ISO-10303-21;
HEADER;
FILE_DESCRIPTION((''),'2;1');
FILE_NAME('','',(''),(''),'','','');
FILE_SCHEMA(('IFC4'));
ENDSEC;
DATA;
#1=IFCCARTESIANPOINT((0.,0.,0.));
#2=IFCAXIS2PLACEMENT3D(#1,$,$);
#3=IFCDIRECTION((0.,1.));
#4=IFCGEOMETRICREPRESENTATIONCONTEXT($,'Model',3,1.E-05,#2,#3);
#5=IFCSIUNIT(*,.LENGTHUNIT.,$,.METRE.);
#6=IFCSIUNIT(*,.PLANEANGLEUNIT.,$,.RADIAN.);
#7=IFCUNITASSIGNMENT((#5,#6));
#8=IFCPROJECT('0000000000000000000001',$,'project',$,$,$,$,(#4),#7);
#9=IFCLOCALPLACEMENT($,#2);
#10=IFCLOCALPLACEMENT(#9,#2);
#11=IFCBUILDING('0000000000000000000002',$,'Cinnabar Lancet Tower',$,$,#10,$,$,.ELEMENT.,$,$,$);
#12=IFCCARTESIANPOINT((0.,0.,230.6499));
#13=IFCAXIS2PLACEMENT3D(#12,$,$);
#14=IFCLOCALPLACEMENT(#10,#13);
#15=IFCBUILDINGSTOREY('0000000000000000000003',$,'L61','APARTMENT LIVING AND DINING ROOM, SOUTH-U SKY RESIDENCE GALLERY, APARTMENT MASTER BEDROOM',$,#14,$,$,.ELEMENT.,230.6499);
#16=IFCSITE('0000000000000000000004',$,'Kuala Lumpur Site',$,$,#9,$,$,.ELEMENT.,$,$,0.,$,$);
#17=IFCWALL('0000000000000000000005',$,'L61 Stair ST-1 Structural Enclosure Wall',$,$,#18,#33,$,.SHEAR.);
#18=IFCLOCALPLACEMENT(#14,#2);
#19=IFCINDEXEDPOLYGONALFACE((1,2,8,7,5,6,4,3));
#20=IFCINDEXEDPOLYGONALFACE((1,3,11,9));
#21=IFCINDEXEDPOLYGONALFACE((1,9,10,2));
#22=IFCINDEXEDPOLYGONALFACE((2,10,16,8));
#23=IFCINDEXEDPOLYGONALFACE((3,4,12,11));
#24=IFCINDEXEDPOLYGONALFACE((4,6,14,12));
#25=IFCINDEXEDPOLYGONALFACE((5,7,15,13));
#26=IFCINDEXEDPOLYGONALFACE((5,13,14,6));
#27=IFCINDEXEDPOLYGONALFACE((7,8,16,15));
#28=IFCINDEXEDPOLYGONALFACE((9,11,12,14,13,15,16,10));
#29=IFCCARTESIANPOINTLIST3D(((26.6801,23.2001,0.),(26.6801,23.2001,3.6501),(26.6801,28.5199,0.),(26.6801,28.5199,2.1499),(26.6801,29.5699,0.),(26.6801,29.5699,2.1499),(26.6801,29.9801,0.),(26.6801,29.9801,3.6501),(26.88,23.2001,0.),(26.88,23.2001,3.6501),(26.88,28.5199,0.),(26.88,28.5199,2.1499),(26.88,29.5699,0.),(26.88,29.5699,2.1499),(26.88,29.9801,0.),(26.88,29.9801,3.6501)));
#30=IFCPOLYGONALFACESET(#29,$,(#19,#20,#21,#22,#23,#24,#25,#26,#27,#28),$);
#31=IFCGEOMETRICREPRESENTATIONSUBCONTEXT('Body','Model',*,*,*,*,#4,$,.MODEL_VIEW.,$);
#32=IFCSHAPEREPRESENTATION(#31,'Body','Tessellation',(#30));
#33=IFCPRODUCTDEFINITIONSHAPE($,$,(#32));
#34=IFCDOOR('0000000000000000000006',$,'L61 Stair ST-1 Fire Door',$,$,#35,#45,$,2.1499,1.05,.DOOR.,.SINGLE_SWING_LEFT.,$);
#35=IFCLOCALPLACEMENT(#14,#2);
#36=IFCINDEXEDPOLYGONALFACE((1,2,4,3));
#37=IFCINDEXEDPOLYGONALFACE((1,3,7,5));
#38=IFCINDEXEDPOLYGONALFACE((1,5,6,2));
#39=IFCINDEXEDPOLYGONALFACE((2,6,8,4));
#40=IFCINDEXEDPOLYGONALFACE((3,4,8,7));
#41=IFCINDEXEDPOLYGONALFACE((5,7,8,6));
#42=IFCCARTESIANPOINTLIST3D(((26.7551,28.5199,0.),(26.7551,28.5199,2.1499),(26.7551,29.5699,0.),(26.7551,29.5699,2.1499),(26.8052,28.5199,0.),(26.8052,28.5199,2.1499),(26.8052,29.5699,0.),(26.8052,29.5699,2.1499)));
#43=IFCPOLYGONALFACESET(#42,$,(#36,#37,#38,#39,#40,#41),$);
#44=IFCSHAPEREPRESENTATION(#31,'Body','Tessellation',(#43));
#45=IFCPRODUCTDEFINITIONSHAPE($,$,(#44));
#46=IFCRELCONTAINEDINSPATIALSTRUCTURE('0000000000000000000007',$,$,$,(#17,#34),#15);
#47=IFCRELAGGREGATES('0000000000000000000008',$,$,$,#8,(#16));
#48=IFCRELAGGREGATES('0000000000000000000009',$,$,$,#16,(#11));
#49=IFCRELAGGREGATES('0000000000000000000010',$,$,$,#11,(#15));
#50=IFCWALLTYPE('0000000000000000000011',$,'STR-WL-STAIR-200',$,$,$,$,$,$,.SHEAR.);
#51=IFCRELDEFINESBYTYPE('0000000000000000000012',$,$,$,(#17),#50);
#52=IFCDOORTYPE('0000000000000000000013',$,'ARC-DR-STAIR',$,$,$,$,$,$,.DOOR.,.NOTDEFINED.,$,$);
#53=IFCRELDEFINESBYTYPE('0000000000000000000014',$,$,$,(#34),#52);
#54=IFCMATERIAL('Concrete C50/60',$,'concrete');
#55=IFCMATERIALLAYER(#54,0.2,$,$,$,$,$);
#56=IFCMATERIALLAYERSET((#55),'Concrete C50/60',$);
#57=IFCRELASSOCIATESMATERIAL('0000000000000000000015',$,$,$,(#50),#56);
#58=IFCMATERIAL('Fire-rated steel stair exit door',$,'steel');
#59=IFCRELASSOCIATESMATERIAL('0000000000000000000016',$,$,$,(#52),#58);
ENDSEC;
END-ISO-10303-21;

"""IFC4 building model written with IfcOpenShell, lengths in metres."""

from ifc_helpers import new_model, si_unit, direction, frame, frame_2d, origin, place, context, subcontext, project, spatial, rectangle, extrude, material, layer, layer_set, type_object, element, fill, save


model = new_model("IFC4")

# Units and contexts
model_context = context("Model", 3, precision=1e-05, world=origin(), true_north=direction((0.0, 1.0)))
body_context = subcontext(model_context, "Body", "Model", "MODEL_VIEW")
ifc_project = project(units=[si_unit("LENGTHUNIT", "METRE"), si_unit("PLANEANGLEUNIT", "RADIAN")], contexts=[model_context])

# Site, building, storey
site_placement = place(None, origin())
site = spatial("IfcSite", under=ifc_project, at=site_placement, Name="Kuala Lumpur Site", CompositionType="ELEMENT", RefElevation=0.0)
building_placement = place(site_placement, origin())
building = spatial("IfcBuilding", under=site, at=building_placement, Name="Cinnabar Lancet Tower", CompositionType="ELEMENT")
storey_placement = place(building_placement, frame((0.0, 0.0, 230.6499)))
storey = spatial("IfcBuildingStorey", under=building, at=storey_placement, Name="L61", Description="APARTMENT LIVING AND DINING ROOM, SOUTH-U SKY RESIDENCE GALLERY, APARTMENT MASTER BEDROOM", CompositionType="ELEMENT", Elevation=230.6499)

# Wall, opening, door
ifc_material_1 = material(Name="Concrete C50/60", Category="concrete")
ifc_layer_1 = layer(ifc_material_1, 0.2)
ifc_layer_set_1 = layer_set([ifc_layer_1], Name="Concrete C50/60")
wall_type_1 = type_object("IfcWallType", Name="STR-WL-STAIR-200", PredefinedType="SHEAR", material=ifc_layer_set_1)
wall_1_placement = place(storey_placement, frame((26.78, 23.2, 0.0), z_axis=(0.0, 0.0, 1.0), x_axis=(0.0, 1.0, 0.0)))
wall_1 = element("IfcWall", 1, at=wall_1_placement, inside=storey, type_object=wall_type_1, Name="L61 Stair ST-1 Structural Enclosure Wall", PredefinedType="SHEAR", context=body_context, shape_type="SweptSolid", body=[
    extrude(rectangle(XDim=6.78, YDim=0.2, at=frame_2d((3.3901, 0.0))), origin(), (0.0, 0.0, 1.0), 3.6501),
])
opening_1_placement = place(wall_1_placement, frame((5.3201, 0.0, 0.0)))
opening_1 = element("IfcOpeningElement", 2, at=opening_1_placement, cuts=wall_1, PredefinedType="OPENING", context=body_context, shape_type="SweptSolid", body=[
    extrude(rectangle(XDim=1.05, YDim=2.1499, at=frame_2d((0.5249, 1.075))), frame((0.0, 0.1099, 0.0), z_axis=(0.0, -1.0, 0.0), x_axis=(1.0, 0.0, 0.0)), (0.0, 0.0, 1.0), 0.22),
])
ifc_material_2 = material(Name="Fire-rated steel stair exit door", Category="steel")
door_type_1 = type_object("IfcDoorType", Name="ARC-DR-STAIR", OperationType="NOTDEFINED", PredefinedType="DOOR", material=ifc_material_2)
door_1_placement = place(opening_1_placement, origin())
door_1 = element("IfcDoor", 3, at=door_1_placement, inside=storey, type_object=door_type_1, Name="L61 Stair ST-1 Fire Door", OperationType="SINGLE_SWING_LEFT", OverallHeight=2.1499, OverallWidth=1.05, PredefinedType="DOOR", context=body_context, shape_type="SweptSolid", body=[
    extrude(rectangle(XDim=1.05, YDim=2.1499, at=frame_2d((0.5249, 1.075))), frame((0.0, 0.0249, 0.0), z_axis=(0.0, -1.0, 0.0), x_axis=(1.0, 0.0, 0.0)), (0.0, 0.0, 1.0), 0.05),
])
fill(opening_1, door_1)

save(model, "model.ifc")
